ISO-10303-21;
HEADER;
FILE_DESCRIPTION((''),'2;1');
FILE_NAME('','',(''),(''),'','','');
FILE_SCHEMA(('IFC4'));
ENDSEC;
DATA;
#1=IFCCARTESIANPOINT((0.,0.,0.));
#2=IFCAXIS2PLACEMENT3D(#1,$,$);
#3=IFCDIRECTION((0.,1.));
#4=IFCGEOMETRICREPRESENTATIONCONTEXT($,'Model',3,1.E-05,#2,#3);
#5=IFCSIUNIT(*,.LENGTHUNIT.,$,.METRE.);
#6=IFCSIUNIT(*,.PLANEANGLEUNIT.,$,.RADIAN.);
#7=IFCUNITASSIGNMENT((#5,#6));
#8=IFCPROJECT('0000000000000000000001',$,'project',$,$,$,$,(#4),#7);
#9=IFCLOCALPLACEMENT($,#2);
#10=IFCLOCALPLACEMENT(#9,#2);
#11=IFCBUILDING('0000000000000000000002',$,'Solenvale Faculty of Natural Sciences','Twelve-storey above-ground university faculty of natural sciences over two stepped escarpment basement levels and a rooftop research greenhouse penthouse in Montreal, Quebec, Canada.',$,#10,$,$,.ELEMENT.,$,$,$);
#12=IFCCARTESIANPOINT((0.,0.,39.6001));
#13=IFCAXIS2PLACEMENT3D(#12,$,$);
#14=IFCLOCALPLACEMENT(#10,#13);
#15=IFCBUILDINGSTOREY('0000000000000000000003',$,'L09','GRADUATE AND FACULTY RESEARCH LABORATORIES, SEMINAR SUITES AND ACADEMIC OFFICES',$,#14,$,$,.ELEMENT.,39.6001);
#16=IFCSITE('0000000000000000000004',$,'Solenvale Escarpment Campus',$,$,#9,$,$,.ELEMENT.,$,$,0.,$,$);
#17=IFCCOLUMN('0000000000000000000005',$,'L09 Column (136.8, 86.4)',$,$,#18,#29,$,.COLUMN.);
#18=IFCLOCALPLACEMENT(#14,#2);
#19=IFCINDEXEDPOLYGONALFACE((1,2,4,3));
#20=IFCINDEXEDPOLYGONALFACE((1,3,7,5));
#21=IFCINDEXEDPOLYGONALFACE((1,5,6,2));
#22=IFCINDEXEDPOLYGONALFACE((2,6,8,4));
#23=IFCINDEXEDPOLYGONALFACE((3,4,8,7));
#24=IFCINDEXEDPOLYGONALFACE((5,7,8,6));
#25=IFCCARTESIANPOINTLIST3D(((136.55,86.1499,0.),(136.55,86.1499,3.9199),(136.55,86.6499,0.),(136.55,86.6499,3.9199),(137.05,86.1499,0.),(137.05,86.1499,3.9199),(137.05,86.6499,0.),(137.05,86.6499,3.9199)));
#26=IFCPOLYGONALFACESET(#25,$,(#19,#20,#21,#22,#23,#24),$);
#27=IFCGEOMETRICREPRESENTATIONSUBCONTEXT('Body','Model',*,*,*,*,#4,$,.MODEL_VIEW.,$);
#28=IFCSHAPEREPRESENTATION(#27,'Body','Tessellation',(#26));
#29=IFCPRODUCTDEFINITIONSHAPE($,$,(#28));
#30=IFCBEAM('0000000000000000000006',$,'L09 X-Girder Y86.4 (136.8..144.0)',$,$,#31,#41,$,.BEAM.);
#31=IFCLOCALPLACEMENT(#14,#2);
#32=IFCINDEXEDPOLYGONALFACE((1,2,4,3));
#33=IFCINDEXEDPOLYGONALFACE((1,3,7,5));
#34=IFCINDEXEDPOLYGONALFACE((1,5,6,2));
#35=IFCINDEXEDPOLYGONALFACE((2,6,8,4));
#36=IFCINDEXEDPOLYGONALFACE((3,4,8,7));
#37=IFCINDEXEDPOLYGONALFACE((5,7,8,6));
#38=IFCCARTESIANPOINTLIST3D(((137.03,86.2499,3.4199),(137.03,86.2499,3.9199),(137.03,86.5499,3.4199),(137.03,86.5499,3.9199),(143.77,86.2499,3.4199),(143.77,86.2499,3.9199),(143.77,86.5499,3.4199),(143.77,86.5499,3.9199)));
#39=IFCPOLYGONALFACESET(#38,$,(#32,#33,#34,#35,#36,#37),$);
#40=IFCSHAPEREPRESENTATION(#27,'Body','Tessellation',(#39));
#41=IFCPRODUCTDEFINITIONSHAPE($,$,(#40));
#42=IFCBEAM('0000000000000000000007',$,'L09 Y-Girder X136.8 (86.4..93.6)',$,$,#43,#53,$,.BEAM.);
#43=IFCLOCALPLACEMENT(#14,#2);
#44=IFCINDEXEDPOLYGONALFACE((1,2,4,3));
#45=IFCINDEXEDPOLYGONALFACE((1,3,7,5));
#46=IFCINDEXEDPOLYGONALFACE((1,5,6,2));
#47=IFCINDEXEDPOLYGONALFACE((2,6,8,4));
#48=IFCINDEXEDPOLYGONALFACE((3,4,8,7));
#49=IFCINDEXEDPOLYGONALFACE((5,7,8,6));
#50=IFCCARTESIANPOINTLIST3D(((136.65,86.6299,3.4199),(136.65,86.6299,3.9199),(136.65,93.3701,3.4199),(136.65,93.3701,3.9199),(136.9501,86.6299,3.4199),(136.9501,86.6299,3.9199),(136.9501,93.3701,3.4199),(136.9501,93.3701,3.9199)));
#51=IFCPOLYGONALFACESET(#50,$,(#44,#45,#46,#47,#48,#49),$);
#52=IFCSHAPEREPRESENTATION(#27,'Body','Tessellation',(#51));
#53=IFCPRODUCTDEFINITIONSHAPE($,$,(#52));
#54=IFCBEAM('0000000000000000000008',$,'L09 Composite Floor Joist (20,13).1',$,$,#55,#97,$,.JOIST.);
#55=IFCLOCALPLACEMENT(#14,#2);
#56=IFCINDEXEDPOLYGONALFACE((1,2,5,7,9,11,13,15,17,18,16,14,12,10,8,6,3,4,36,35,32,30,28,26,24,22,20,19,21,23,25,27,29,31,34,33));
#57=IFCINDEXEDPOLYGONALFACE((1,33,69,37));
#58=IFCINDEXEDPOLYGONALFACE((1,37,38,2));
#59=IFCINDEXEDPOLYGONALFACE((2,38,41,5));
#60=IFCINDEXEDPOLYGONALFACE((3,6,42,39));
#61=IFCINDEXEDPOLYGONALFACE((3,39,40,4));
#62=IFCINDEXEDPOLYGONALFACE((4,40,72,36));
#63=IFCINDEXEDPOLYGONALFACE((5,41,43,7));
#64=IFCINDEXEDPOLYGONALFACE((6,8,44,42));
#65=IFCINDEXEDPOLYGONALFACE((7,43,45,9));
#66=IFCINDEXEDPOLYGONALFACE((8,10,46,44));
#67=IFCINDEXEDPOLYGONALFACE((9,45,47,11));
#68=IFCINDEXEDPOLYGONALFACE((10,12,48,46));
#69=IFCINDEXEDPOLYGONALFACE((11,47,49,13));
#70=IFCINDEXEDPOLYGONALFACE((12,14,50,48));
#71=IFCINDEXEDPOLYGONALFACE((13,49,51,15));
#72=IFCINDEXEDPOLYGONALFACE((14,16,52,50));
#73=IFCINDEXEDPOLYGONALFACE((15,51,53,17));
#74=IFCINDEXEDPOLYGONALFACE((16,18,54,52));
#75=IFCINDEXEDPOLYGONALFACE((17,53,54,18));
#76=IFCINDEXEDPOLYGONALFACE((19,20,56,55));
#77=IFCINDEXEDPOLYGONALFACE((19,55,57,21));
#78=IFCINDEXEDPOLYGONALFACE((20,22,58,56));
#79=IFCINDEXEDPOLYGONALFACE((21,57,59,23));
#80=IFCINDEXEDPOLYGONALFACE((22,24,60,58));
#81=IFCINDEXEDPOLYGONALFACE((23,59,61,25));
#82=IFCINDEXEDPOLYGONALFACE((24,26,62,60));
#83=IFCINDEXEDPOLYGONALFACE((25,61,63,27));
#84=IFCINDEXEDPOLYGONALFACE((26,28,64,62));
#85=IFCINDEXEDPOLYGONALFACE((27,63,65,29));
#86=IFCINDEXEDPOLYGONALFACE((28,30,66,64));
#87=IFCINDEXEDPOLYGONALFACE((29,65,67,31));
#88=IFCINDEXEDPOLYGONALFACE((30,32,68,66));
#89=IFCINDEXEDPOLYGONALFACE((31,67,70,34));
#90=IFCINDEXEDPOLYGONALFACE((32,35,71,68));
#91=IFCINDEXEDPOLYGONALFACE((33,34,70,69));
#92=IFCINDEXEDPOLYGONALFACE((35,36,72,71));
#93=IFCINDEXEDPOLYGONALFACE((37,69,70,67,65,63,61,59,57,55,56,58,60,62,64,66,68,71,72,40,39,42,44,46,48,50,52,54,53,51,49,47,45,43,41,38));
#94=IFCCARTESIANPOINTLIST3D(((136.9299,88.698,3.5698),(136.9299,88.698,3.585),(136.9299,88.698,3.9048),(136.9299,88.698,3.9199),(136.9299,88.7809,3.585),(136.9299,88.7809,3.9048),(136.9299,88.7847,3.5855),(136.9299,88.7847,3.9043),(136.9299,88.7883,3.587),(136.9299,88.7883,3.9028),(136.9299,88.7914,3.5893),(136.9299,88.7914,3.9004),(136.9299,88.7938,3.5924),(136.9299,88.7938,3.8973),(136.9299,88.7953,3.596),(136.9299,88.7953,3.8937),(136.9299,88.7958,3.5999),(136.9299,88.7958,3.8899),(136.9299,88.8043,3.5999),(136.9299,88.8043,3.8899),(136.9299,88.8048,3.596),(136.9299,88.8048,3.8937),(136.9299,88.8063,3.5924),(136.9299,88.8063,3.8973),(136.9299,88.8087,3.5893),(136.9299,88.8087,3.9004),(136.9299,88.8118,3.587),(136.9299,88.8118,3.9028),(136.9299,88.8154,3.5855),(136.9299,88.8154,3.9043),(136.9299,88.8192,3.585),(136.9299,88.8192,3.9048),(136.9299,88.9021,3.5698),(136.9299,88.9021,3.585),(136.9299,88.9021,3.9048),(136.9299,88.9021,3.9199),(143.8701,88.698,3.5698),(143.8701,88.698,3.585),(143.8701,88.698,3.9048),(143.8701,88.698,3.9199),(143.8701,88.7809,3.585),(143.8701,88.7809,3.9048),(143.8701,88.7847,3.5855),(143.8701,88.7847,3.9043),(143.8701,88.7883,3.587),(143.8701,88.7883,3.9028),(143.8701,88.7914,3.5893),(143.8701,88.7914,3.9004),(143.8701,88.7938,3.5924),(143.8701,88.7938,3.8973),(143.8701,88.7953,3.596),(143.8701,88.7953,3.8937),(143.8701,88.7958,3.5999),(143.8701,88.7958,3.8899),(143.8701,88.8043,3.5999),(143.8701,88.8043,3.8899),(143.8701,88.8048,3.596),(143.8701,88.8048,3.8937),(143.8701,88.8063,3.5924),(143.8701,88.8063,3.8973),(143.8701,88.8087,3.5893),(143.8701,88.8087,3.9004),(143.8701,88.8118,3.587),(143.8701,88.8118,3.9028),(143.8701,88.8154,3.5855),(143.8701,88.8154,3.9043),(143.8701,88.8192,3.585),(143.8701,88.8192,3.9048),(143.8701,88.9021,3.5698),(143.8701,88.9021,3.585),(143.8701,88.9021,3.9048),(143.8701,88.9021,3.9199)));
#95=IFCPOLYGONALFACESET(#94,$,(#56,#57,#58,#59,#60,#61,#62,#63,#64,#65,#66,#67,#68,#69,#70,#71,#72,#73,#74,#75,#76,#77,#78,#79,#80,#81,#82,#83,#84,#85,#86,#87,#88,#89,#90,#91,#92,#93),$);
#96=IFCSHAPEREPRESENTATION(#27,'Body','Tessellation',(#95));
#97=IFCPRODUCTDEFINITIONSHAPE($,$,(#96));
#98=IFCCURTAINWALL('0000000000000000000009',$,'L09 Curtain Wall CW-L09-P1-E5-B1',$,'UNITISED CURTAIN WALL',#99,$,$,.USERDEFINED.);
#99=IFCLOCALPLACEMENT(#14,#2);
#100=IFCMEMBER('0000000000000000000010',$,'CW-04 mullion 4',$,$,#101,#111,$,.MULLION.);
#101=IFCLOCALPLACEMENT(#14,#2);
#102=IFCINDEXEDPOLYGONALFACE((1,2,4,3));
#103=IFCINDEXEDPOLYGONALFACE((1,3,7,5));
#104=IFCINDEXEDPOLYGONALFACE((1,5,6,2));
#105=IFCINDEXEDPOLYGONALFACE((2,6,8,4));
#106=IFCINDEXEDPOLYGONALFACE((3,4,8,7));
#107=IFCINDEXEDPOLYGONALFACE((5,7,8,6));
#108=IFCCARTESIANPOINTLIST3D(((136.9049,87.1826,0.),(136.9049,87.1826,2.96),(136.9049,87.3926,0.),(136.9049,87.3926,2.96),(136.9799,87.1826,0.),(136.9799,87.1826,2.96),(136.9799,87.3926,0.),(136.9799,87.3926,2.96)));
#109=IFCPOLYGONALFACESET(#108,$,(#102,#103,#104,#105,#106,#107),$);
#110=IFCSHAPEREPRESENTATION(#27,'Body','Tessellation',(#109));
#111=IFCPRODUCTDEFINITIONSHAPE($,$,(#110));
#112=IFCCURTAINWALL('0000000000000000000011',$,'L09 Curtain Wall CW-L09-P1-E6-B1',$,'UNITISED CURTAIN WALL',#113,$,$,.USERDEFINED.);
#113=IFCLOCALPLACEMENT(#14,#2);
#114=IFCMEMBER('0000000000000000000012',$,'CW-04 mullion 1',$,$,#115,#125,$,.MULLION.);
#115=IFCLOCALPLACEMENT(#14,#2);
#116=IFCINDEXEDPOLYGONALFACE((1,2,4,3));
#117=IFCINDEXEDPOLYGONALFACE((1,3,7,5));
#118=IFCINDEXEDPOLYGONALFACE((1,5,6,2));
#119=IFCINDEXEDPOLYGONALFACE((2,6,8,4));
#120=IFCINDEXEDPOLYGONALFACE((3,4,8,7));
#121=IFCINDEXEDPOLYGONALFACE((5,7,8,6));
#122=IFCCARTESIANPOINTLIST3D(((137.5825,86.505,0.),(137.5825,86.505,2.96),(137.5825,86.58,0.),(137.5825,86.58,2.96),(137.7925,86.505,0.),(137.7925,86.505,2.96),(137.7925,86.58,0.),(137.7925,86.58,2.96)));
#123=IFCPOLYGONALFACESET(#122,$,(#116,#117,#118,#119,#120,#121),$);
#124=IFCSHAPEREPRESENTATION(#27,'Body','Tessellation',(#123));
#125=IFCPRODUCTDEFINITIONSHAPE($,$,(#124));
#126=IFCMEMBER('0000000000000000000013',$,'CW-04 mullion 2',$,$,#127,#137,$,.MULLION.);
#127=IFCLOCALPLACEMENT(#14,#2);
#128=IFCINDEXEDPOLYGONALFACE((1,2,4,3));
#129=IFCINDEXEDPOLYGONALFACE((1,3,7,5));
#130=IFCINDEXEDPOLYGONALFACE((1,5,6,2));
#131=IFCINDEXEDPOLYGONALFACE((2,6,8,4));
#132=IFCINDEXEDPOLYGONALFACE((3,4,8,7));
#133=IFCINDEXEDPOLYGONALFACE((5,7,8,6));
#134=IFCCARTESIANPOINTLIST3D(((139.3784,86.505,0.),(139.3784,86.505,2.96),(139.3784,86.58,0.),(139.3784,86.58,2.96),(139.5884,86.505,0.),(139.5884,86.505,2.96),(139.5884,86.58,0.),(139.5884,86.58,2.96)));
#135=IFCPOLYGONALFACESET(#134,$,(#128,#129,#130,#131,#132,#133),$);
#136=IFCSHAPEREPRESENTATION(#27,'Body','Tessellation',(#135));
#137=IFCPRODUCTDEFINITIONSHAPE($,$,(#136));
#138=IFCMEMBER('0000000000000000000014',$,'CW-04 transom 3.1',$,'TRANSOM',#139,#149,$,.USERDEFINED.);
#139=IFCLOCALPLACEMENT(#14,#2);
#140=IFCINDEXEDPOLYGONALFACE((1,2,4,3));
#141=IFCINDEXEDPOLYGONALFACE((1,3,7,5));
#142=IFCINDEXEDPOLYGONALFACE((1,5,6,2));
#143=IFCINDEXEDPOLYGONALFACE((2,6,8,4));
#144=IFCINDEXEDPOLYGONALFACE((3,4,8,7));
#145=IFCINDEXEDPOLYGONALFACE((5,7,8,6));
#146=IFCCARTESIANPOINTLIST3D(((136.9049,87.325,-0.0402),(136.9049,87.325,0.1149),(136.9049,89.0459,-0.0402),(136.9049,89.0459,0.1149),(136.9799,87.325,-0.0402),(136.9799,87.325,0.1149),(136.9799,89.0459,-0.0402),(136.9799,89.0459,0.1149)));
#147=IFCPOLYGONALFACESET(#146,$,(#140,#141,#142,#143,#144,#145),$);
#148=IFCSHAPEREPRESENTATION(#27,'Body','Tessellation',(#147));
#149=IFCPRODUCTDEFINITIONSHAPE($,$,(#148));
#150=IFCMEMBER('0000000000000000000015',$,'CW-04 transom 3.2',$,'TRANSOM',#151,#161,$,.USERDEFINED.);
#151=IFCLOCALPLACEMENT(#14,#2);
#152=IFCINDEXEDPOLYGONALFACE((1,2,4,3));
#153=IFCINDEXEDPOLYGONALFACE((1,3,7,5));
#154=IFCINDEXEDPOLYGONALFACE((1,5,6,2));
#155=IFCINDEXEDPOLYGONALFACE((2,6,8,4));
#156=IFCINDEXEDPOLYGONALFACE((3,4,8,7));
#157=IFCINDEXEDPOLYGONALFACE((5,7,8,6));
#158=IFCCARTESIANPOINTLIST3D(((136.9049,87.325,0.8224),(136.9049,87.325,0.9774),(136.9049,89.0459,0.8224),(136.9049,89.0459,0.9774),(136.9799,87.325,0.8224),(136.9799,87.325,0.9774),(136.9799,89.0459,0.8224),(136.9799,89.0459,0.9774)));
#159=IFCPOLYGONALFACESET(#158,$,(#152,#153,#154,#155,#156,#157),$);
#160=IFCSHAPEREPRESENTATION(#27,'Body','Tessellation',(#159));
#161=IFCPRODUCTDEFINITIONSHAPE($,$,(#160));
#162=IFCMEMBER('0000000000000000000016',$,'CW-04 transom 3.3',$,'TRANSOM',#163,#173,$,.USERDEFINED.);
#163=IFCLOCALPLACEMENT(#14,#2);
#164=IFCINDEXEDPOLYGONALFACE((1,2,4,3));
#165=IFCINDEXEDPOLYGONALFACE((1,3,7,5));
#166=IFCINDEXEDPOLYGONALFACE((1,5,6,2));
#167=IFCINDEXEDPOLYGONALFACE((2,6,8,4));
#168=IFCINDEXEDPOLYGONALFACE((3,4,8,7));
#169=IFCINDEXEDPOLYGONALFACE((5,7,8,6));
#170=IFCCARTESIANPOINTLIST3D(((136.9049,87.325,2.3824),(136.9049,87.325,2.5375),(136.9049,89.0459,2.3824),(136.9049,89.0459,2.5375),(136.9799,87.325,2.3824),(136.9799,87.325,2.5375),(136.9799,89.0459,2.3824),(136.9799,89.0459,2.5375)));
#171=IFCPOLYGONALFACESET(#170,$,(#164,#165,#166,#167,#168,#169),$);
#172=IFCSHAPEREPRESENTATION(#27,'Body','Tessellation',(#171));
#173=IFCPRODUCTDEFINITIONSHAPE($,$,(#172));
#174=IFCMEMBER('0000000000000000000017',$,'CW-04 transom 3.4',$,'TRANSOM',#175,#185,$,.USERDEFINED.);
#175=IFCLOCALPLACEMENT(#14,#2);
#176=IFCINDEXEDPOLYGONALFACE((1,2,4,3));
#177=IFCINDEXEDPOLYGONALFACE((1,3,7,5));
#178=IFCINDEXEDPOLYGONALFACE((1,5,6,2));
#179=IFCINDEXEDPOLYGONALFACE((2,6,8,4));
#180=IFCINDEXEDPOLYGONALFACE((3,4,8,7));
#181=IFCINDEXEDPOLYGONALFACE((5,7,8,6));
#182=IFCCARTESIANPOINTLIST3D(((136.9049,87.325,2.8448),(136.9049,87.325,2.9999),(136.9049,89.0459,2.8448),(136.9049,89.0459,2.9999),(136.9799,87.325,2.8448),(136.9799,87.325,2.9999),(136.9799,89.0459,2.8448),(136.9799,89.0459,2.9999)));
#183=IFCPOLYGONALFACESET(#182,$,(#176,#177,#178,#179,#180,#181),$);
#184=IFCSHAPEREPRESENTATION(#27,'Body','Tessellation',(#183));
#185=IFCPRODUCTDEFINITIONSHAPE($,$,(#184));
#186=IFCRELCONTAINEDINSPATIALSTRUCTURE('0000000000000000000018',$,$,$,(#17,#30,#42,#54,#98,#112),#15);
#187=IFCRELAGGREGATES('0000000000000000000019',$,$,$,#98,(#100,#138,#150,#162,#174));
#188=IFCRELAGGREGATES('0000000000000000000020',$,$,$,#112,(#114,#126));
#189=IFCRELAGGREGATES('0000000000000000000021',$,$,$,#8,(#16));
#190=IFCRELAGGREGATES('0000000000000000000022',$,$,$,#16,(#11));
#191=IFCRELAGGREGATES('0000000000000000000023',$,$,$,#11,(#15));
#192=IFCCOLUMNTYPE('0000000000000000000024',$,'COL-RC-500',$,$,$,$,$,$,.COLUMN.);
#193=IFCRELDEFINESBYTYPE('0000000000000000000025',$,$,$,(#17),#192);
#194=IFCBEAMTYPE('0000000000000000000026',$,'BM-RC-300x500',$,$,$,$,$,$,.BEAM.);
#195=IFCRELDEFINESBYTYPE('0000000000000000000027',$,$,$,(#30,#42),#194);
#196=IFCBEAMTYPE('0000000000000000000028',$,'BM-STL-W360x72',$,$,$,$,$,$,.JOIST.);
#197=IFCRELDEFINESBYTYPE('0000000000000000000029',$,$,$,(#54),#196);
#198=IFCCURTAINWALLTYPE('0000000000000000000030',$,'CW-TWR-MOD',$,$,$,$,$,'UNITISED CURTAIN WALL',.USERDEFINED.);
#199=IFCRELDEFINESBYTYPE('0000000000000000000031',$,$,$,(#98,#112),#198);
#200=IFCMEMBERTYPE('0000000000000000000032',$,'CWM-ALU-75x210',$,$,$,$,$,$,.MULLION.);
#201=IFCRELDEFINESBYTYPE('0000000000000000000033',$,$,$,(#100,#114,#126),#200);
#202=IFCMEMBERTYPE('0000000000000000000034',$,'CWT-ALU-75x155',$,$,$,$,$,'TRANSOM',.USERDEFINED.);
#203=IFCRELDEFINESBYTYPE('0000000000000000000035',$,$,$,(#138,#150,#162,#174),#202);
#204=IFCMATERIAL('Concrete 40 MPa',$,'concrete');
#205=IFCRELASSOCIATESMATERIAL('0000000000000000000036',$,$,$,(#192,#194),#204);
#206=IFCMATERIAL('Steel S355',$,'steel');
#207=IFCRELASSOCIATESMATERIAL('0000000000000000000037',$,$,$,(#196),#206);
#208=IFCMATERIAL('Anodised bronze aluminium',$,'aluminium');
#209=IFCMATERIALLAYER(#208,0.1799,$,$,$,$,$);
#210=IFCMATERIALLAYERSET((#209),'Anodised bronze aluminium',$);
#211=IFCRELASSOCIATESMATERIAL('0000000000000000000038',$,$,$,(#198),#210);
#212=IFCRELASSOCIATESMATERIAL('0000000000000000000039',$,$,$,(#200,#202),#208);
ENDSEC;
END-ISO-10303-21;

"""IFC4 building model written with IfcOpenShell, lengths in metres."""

from ifc_helpers import new_model, si_unit, direction, frame, origin, origin_2d, place, context, subcontext, project, spatial, rectangle, i_section, extrude, material, layer, layer_set, material_profile, profile_set, type_object, element, aggregate, save


model = new_model("IFC4")

# Units and contexts
model_context = context("Model", 3, precision=1e-05, world=origin(), true_north=direction((0.0, 1.0)))
body_context = subcontext(model_context, "Body", "Model", "MODEL_VIEW")
ifc_project = project(units=[si_unit("LENGTHUNIT", "METRE"), si_unit("PLANEANGLEUNIT", "RADIAN")], contexts=[model_context])

# Site, building, storey
site_placement = place(None, origin())
site = spatial("IfcSite", under=ifc_project, at=site_placement, Name="Solenvale Escarpment Campus", CompositionType="ELEMENT", RefElevation=0.0)
building_placement = place(site_placement, origin())
building = spatial("IfcBuilding", under=site, at=building_placement, Name="Solenvale Faculty of Natural Sciences", Description="Twelve-storey above-ground university faculty of natural sciences over two stepped escarpment basement levels and a rooftop research greenhouse penthouse in Montreal, Quebec, Canada.", CompositionType="ELEMENT")
storey_placement = place(building_placement, frame((0.0, 0.0, 39.6001)))
storey = spatial("IfcBuildingStorey", under=building, at=storey_placement, Name="L09", Description="GRADUATE AND FACULTY RESEARCH LABORATORIES, SEMINAR SUITES AND ACADEMIC OFFICES", CompositionType="ELEMENT", Elevation=39.6001)

# Column
ifc_material_1 = material(Name="Concrete 40 MPa", Category="concrete")
ifc_material_profile_1 = material_profile(ifc_material_1, rectangle(XDim=0.5, YDim=0.5, at=origin_2d()), Name="RC-COL-500x500")
ifc_profile_set_1 = profile_set([ifc_material_profile_1], Name="Concrete 40 MPa")
column_type = type_object("IfcColumnType", Name="COL-RC-500", PredefinedType="COLUMN", material=ifc_profile_set_1)
column_placement = place(storey_placement, frame((136.8, 86.3999, 0.0), z_axis=(0.0, 0.0, 1.0), x_axis=(1.0, 0.0, 0.0)))
element("IfcColumn", 1, at=column_placement, inside=storey, type_object=column_type, Name="L09 Column (136.8, 86.4)", PredefinedType="COLUMN", context=body_context, shape_type="SweptSolid", body=[
    extrude(rectangle(XDim=0.5, YDim=0.5, at=origin_2d()), origin(), (0.0, 0.0, 1.0), 3.9199),
])

# Beams
ifc_material_profile_2 = material_profile(ifc_material_1, rectangle(XDim=0.3, YDim=0.5, at=origin_2d()), Name="RC-BM-300x500")
ifc_profile_set_2 = profile_set([ifc_material_profile_2], Name="Concrete 40 MPa")
beam_type_1 = type_object("IfcBeamType", Name="BM-RC-300x500", PredefinedType="BEAM", material=ifc_profile_set_2)
beam_1_placement = place(storey_placement, frame((137.03, 86.3999, 3.6699), z_axis=(1.0, 0.0, 0.0), x_axis=(0.0, 1.0, 0.0)))
element("IfcBeam", 2, at=beam_1_placement, inside=storey, type_object=beam_type_1, Name="L09 X-Girder Y86.4 (136.8..144.0)", PredefinedType="BEAM", context=body_context, shape_type="SweptSolid", body=[
    extrude(rectangle(XDim=0.3, YDim=0.5, at=origin_2d()), origin(), (0.0, 0.0, 1.0), 6.74),
])
beam_2_placement = place(storey_placement, frame((136.8, 86.6299, 3.6699), z_axis=(0.0, 1.0, 0.0), x_axis=(-1.0, 0.0, 0.0)))
element("IfcBeam", 3, at=beam_2_placement, inside=storey, type_object=beam_type_1, Name="L09 Y-Girder X136.8 (86.4..93.6)", PredefinedType="BEAM", context=body_context, shape_type="SweptSolid", body=[
    extrude(rectangle(XDim=0.3, YDim=0.5, at=origin_2d()), origin(), (0.0, 0.0, 1.0), 6.7402),
])
ifc_material_2 = material(Name="Steel S355", Category="steel")
ifc_material_profile_3 = material_profile(ifc_material_2, i_section(OverallWidth=0.2041, OverallDepth=0.3501, WebThickness=0.0085, FlangeThickness=0.0151, FilletRadius=0.0149, at=origin_2d()), Name="W360x72")
ifc_profile_set_3 = profile_set([ifc_material_profile_3], Name="Steel S355")
beam_type_2 = type_object("IfcBeamType", Name="BM-STL-W360x72", PredefinedType="JOIST", material=ifc_profile_set_3)
beam_3_placement = place(storey_placement, frame((136.9299, 88.8, 3.7449), z_axis=(1.0, 0.0, 0.0), x_axis=(0.0, 1.0, 0.0)))
element("IfcBeam", 4, at=beam_3_placement, inside=storey, type_object=beam_type_2, Name="L09 Composite Floor Joist (20,13).1", PredefinedType="JOIST", context=body_context, shape_type="SweptSolid", body=[
    extrude(i_section(OverallWidth=0.2041, OverallDepth=0.3501, WebThickness=0.0085, FlangeThickness=0.0151, FilletRadius=0.0149, at=origin_2d()), origin(), (0.0, 0.0, 1.0), 6.9402),
])

# Curtain wall, member
ifc_material_3 = material(Name="Anodised bronze aluminium", Category="aluminium")
ifc_layer_1 = layer(ifc_material_3, 0.1799)
ifc_layer_set_1 = layer_set([ifc_layer_1], Name="Anodised bronze aluminium")
curtain_wall_type = type_object("IfcCurtainWallType", Name="CW-TWR-MOD", ElementType="UNITISED CURTAIN WALL", PredefinedType="USERDEFINED", material=ifc_layer_set_1)
curtain_wall_1_placement = place(storey_placement, origin())
curtain_wall_1 = element("IfcCurtainWall", 5, at=curtain_wall_1_placement, inside=storey, type_object=curtain_wall_type, Name="L09 Curtain Wall CW-L09-P1-E5-B1", ObjectType="UNITISED CURTAIN WALL", PredefinedType="USERDEFINED")
ifc_material_profile_4 = material_profile(ifc_material_3, rectangle(XDim=0.075, YDim=0.21, at=origin_2d()), Name="ALU-MUL-75x210")
ifc_profile_set_4 = profile_set([ifc_material_profile_4], Name="Anodised bronze aluminium")
member_type_1 = type_object("IfcMemberType", Name="CWM-ALU-75x210", PredefinedType="MULLION", material=ifc_profile_set_4)
member_1_placement = place(storey_placement, frame((136.9424, 87.2876, 0.0), z_axis=(0.0, 0.0, 1.0), x_axis=(1.0, 0.0, 0.0)))
member_1 = element("IfcMember", 6, at=member_1_placement, type_object=member_type_1, Name="CW-04 mullion 4", PredefinedType="MULLION", context=body_context, shape_type="SweptSolid", body=[
    extrude(rectangle(XDim=0.075, YDim=0.21, at=origin_2d()), origin(), (0.0, 0.0, 1.0), 2.96),
])

# Curtain wall, members
curtain_wall_2_placement = place(storey_placement, origin())
curtain_wall_2 = element("IfcCurtainWall", 7, at=curtain_wall_2_placement, inside=storey, type_object=curtain_wall_type, Name="L09 Curtain Wall CW-L09-P1-E6-B1", ObjectType="UNITISED CURTAIN WALL", PredefinedType="USERDEFINED")
member_2_placement = place(storey_placement, frame((137.6875, 86.5425, 0.0), z_axis=(0.0, 0.0, 1.0), x_axis=(0.0, 1.0, 0.0)))
member_2 = element("IfcMember", 8, at=member_2_placement, type_object=member_type_1, Name="CW-04 mullion 1", PredefinedType="MULLION", context=body_context, shape_type="SweptSolid", body=[
    extrude(rectangle(XDim=0.075, YDim=0.21, at=origin_2d()), origin(), (0.0, 0.0, 1.0), 2.96),
])
member_3_placement = place(storey_placement, frame((139.4834, 86.5425, 0.0), z_axis=(0.0, 0.0, 1.0), x_axis=(0.0, 1.0, 0.0)))
member_3 = element("IfcMember", 9, at=member_3_placement, type_object=member_type_1, Name="CW-04 mullion 2", PredefinedType="MULLION", context=body_context, shape_type="SweptSolid", body=[
    extrude(rectangle(XDim=0.075, YDim=0.21, at=origin_2d()), origin(), (0.0, 0.0, 1.0), 2.96),
])

# Members
ifc_material_profile_5 = material_profile(ifc_material_3, rectangle(XDim=0.075, YDim=0.155, at=origin_2d()), Name="ALU-TRN-75x155")
ifc_profile_set_5 = profile_set([ifc_material_profile_5], Name="Anodised bronze aluminium")
member_type_2 = type_object("IfcMemberType", Name="CWT-ALU-75x155", ElementType="TRANSOM", PredefinedType="USERDEFINED", material=ifc_profile_set_5)
member_4_placement = place(storey_placement, frame((136.9424, 89.0459, 0.0374), z_axis=(0.0, -1.0, 0.0), x_axis=(1.0, 0.0, 0.0)))
member_4 = element("IfcMember", 10, at=member_4_placement, type_object=member_type_2, Name="CW-04 transom 3.1", ObjectType="TRANSOM", PredefinedType="USERDEFINED", context=body_context, shape_type="SweptSolid", body=[
    extrude(rectangle(XDim=0.075, YDim=0.155, at=origin_2d()), origin(), (0.0, 0.0, 1.0), 1.7209),
])
member_5_placement = place(storey_placement, frame((136.9424, 89.0459, 0.8999), z_axis=(0.0, -1.0, 0.0), x_axis=(1.0, 0.0, 0.0)))
member_5 = element("IfcMember", 11, at=member_5_placement, type_object=member_type_2, Name="CW-04 transom 3.2", ObjectType="TRANSOM", PredefinedType="USERDEFINED", context=body_context, shape_type="SweptSolid", body=[
    extrude(rectangle(XDim=0.075, YDim=0.155, at=origin_2d()), origin(), (0.0, 0.0, 1.0), 1.7209),
])
member_6_placement = place(storey_placement, frame((136.9424, 89.0459, 2.46), z_axis=(0.0, -1.0, 0.0), x_axis=(1.0, 0.0, 0.0)))
member_6 = element("IfcMember", 12, at=member_6_placement, type_object=member_type_2, Name="CW-04 transom 3.3", ObjectType="TRANSOM", PredefinedType="USERDEFINED", context=body_context, shape_type="SweptSolid", body=[
    extrude(rectangle(XDim=0.075, YDim=0.155, at=origin_2d()), origin(), (0.0, 0.0, 1.0), 1.7209),
])
member_7_placement = place(storey_placement, frame((136.9424, 89.0459, 2.9224), z_axis=(0.0, -1.0, 0.0), x_axis=(1.0, 0.0, 0.0)))
member_7 = element("IfcMember", 13, at=member_7_placement, type_object=member_type_2, Name="CW-04 transom 3.4", ObjectType="TRANSOM", PredefinedType="USERDEFINED", context=body_context, shape_type="SweptSolid", body=[
    extrude(rectangle(XDim=0.075, YDim=0.155, at=origin_2d()), origin(), (0.0, 0.0, 1.0), 1.7209),
])

aggregate(curtain_wall_1, [member_1, member_4, member_5, member_6, member_7])
aggregate(curtain_wall_2, [member_2, member_3])

save(model, "model.ifc")
